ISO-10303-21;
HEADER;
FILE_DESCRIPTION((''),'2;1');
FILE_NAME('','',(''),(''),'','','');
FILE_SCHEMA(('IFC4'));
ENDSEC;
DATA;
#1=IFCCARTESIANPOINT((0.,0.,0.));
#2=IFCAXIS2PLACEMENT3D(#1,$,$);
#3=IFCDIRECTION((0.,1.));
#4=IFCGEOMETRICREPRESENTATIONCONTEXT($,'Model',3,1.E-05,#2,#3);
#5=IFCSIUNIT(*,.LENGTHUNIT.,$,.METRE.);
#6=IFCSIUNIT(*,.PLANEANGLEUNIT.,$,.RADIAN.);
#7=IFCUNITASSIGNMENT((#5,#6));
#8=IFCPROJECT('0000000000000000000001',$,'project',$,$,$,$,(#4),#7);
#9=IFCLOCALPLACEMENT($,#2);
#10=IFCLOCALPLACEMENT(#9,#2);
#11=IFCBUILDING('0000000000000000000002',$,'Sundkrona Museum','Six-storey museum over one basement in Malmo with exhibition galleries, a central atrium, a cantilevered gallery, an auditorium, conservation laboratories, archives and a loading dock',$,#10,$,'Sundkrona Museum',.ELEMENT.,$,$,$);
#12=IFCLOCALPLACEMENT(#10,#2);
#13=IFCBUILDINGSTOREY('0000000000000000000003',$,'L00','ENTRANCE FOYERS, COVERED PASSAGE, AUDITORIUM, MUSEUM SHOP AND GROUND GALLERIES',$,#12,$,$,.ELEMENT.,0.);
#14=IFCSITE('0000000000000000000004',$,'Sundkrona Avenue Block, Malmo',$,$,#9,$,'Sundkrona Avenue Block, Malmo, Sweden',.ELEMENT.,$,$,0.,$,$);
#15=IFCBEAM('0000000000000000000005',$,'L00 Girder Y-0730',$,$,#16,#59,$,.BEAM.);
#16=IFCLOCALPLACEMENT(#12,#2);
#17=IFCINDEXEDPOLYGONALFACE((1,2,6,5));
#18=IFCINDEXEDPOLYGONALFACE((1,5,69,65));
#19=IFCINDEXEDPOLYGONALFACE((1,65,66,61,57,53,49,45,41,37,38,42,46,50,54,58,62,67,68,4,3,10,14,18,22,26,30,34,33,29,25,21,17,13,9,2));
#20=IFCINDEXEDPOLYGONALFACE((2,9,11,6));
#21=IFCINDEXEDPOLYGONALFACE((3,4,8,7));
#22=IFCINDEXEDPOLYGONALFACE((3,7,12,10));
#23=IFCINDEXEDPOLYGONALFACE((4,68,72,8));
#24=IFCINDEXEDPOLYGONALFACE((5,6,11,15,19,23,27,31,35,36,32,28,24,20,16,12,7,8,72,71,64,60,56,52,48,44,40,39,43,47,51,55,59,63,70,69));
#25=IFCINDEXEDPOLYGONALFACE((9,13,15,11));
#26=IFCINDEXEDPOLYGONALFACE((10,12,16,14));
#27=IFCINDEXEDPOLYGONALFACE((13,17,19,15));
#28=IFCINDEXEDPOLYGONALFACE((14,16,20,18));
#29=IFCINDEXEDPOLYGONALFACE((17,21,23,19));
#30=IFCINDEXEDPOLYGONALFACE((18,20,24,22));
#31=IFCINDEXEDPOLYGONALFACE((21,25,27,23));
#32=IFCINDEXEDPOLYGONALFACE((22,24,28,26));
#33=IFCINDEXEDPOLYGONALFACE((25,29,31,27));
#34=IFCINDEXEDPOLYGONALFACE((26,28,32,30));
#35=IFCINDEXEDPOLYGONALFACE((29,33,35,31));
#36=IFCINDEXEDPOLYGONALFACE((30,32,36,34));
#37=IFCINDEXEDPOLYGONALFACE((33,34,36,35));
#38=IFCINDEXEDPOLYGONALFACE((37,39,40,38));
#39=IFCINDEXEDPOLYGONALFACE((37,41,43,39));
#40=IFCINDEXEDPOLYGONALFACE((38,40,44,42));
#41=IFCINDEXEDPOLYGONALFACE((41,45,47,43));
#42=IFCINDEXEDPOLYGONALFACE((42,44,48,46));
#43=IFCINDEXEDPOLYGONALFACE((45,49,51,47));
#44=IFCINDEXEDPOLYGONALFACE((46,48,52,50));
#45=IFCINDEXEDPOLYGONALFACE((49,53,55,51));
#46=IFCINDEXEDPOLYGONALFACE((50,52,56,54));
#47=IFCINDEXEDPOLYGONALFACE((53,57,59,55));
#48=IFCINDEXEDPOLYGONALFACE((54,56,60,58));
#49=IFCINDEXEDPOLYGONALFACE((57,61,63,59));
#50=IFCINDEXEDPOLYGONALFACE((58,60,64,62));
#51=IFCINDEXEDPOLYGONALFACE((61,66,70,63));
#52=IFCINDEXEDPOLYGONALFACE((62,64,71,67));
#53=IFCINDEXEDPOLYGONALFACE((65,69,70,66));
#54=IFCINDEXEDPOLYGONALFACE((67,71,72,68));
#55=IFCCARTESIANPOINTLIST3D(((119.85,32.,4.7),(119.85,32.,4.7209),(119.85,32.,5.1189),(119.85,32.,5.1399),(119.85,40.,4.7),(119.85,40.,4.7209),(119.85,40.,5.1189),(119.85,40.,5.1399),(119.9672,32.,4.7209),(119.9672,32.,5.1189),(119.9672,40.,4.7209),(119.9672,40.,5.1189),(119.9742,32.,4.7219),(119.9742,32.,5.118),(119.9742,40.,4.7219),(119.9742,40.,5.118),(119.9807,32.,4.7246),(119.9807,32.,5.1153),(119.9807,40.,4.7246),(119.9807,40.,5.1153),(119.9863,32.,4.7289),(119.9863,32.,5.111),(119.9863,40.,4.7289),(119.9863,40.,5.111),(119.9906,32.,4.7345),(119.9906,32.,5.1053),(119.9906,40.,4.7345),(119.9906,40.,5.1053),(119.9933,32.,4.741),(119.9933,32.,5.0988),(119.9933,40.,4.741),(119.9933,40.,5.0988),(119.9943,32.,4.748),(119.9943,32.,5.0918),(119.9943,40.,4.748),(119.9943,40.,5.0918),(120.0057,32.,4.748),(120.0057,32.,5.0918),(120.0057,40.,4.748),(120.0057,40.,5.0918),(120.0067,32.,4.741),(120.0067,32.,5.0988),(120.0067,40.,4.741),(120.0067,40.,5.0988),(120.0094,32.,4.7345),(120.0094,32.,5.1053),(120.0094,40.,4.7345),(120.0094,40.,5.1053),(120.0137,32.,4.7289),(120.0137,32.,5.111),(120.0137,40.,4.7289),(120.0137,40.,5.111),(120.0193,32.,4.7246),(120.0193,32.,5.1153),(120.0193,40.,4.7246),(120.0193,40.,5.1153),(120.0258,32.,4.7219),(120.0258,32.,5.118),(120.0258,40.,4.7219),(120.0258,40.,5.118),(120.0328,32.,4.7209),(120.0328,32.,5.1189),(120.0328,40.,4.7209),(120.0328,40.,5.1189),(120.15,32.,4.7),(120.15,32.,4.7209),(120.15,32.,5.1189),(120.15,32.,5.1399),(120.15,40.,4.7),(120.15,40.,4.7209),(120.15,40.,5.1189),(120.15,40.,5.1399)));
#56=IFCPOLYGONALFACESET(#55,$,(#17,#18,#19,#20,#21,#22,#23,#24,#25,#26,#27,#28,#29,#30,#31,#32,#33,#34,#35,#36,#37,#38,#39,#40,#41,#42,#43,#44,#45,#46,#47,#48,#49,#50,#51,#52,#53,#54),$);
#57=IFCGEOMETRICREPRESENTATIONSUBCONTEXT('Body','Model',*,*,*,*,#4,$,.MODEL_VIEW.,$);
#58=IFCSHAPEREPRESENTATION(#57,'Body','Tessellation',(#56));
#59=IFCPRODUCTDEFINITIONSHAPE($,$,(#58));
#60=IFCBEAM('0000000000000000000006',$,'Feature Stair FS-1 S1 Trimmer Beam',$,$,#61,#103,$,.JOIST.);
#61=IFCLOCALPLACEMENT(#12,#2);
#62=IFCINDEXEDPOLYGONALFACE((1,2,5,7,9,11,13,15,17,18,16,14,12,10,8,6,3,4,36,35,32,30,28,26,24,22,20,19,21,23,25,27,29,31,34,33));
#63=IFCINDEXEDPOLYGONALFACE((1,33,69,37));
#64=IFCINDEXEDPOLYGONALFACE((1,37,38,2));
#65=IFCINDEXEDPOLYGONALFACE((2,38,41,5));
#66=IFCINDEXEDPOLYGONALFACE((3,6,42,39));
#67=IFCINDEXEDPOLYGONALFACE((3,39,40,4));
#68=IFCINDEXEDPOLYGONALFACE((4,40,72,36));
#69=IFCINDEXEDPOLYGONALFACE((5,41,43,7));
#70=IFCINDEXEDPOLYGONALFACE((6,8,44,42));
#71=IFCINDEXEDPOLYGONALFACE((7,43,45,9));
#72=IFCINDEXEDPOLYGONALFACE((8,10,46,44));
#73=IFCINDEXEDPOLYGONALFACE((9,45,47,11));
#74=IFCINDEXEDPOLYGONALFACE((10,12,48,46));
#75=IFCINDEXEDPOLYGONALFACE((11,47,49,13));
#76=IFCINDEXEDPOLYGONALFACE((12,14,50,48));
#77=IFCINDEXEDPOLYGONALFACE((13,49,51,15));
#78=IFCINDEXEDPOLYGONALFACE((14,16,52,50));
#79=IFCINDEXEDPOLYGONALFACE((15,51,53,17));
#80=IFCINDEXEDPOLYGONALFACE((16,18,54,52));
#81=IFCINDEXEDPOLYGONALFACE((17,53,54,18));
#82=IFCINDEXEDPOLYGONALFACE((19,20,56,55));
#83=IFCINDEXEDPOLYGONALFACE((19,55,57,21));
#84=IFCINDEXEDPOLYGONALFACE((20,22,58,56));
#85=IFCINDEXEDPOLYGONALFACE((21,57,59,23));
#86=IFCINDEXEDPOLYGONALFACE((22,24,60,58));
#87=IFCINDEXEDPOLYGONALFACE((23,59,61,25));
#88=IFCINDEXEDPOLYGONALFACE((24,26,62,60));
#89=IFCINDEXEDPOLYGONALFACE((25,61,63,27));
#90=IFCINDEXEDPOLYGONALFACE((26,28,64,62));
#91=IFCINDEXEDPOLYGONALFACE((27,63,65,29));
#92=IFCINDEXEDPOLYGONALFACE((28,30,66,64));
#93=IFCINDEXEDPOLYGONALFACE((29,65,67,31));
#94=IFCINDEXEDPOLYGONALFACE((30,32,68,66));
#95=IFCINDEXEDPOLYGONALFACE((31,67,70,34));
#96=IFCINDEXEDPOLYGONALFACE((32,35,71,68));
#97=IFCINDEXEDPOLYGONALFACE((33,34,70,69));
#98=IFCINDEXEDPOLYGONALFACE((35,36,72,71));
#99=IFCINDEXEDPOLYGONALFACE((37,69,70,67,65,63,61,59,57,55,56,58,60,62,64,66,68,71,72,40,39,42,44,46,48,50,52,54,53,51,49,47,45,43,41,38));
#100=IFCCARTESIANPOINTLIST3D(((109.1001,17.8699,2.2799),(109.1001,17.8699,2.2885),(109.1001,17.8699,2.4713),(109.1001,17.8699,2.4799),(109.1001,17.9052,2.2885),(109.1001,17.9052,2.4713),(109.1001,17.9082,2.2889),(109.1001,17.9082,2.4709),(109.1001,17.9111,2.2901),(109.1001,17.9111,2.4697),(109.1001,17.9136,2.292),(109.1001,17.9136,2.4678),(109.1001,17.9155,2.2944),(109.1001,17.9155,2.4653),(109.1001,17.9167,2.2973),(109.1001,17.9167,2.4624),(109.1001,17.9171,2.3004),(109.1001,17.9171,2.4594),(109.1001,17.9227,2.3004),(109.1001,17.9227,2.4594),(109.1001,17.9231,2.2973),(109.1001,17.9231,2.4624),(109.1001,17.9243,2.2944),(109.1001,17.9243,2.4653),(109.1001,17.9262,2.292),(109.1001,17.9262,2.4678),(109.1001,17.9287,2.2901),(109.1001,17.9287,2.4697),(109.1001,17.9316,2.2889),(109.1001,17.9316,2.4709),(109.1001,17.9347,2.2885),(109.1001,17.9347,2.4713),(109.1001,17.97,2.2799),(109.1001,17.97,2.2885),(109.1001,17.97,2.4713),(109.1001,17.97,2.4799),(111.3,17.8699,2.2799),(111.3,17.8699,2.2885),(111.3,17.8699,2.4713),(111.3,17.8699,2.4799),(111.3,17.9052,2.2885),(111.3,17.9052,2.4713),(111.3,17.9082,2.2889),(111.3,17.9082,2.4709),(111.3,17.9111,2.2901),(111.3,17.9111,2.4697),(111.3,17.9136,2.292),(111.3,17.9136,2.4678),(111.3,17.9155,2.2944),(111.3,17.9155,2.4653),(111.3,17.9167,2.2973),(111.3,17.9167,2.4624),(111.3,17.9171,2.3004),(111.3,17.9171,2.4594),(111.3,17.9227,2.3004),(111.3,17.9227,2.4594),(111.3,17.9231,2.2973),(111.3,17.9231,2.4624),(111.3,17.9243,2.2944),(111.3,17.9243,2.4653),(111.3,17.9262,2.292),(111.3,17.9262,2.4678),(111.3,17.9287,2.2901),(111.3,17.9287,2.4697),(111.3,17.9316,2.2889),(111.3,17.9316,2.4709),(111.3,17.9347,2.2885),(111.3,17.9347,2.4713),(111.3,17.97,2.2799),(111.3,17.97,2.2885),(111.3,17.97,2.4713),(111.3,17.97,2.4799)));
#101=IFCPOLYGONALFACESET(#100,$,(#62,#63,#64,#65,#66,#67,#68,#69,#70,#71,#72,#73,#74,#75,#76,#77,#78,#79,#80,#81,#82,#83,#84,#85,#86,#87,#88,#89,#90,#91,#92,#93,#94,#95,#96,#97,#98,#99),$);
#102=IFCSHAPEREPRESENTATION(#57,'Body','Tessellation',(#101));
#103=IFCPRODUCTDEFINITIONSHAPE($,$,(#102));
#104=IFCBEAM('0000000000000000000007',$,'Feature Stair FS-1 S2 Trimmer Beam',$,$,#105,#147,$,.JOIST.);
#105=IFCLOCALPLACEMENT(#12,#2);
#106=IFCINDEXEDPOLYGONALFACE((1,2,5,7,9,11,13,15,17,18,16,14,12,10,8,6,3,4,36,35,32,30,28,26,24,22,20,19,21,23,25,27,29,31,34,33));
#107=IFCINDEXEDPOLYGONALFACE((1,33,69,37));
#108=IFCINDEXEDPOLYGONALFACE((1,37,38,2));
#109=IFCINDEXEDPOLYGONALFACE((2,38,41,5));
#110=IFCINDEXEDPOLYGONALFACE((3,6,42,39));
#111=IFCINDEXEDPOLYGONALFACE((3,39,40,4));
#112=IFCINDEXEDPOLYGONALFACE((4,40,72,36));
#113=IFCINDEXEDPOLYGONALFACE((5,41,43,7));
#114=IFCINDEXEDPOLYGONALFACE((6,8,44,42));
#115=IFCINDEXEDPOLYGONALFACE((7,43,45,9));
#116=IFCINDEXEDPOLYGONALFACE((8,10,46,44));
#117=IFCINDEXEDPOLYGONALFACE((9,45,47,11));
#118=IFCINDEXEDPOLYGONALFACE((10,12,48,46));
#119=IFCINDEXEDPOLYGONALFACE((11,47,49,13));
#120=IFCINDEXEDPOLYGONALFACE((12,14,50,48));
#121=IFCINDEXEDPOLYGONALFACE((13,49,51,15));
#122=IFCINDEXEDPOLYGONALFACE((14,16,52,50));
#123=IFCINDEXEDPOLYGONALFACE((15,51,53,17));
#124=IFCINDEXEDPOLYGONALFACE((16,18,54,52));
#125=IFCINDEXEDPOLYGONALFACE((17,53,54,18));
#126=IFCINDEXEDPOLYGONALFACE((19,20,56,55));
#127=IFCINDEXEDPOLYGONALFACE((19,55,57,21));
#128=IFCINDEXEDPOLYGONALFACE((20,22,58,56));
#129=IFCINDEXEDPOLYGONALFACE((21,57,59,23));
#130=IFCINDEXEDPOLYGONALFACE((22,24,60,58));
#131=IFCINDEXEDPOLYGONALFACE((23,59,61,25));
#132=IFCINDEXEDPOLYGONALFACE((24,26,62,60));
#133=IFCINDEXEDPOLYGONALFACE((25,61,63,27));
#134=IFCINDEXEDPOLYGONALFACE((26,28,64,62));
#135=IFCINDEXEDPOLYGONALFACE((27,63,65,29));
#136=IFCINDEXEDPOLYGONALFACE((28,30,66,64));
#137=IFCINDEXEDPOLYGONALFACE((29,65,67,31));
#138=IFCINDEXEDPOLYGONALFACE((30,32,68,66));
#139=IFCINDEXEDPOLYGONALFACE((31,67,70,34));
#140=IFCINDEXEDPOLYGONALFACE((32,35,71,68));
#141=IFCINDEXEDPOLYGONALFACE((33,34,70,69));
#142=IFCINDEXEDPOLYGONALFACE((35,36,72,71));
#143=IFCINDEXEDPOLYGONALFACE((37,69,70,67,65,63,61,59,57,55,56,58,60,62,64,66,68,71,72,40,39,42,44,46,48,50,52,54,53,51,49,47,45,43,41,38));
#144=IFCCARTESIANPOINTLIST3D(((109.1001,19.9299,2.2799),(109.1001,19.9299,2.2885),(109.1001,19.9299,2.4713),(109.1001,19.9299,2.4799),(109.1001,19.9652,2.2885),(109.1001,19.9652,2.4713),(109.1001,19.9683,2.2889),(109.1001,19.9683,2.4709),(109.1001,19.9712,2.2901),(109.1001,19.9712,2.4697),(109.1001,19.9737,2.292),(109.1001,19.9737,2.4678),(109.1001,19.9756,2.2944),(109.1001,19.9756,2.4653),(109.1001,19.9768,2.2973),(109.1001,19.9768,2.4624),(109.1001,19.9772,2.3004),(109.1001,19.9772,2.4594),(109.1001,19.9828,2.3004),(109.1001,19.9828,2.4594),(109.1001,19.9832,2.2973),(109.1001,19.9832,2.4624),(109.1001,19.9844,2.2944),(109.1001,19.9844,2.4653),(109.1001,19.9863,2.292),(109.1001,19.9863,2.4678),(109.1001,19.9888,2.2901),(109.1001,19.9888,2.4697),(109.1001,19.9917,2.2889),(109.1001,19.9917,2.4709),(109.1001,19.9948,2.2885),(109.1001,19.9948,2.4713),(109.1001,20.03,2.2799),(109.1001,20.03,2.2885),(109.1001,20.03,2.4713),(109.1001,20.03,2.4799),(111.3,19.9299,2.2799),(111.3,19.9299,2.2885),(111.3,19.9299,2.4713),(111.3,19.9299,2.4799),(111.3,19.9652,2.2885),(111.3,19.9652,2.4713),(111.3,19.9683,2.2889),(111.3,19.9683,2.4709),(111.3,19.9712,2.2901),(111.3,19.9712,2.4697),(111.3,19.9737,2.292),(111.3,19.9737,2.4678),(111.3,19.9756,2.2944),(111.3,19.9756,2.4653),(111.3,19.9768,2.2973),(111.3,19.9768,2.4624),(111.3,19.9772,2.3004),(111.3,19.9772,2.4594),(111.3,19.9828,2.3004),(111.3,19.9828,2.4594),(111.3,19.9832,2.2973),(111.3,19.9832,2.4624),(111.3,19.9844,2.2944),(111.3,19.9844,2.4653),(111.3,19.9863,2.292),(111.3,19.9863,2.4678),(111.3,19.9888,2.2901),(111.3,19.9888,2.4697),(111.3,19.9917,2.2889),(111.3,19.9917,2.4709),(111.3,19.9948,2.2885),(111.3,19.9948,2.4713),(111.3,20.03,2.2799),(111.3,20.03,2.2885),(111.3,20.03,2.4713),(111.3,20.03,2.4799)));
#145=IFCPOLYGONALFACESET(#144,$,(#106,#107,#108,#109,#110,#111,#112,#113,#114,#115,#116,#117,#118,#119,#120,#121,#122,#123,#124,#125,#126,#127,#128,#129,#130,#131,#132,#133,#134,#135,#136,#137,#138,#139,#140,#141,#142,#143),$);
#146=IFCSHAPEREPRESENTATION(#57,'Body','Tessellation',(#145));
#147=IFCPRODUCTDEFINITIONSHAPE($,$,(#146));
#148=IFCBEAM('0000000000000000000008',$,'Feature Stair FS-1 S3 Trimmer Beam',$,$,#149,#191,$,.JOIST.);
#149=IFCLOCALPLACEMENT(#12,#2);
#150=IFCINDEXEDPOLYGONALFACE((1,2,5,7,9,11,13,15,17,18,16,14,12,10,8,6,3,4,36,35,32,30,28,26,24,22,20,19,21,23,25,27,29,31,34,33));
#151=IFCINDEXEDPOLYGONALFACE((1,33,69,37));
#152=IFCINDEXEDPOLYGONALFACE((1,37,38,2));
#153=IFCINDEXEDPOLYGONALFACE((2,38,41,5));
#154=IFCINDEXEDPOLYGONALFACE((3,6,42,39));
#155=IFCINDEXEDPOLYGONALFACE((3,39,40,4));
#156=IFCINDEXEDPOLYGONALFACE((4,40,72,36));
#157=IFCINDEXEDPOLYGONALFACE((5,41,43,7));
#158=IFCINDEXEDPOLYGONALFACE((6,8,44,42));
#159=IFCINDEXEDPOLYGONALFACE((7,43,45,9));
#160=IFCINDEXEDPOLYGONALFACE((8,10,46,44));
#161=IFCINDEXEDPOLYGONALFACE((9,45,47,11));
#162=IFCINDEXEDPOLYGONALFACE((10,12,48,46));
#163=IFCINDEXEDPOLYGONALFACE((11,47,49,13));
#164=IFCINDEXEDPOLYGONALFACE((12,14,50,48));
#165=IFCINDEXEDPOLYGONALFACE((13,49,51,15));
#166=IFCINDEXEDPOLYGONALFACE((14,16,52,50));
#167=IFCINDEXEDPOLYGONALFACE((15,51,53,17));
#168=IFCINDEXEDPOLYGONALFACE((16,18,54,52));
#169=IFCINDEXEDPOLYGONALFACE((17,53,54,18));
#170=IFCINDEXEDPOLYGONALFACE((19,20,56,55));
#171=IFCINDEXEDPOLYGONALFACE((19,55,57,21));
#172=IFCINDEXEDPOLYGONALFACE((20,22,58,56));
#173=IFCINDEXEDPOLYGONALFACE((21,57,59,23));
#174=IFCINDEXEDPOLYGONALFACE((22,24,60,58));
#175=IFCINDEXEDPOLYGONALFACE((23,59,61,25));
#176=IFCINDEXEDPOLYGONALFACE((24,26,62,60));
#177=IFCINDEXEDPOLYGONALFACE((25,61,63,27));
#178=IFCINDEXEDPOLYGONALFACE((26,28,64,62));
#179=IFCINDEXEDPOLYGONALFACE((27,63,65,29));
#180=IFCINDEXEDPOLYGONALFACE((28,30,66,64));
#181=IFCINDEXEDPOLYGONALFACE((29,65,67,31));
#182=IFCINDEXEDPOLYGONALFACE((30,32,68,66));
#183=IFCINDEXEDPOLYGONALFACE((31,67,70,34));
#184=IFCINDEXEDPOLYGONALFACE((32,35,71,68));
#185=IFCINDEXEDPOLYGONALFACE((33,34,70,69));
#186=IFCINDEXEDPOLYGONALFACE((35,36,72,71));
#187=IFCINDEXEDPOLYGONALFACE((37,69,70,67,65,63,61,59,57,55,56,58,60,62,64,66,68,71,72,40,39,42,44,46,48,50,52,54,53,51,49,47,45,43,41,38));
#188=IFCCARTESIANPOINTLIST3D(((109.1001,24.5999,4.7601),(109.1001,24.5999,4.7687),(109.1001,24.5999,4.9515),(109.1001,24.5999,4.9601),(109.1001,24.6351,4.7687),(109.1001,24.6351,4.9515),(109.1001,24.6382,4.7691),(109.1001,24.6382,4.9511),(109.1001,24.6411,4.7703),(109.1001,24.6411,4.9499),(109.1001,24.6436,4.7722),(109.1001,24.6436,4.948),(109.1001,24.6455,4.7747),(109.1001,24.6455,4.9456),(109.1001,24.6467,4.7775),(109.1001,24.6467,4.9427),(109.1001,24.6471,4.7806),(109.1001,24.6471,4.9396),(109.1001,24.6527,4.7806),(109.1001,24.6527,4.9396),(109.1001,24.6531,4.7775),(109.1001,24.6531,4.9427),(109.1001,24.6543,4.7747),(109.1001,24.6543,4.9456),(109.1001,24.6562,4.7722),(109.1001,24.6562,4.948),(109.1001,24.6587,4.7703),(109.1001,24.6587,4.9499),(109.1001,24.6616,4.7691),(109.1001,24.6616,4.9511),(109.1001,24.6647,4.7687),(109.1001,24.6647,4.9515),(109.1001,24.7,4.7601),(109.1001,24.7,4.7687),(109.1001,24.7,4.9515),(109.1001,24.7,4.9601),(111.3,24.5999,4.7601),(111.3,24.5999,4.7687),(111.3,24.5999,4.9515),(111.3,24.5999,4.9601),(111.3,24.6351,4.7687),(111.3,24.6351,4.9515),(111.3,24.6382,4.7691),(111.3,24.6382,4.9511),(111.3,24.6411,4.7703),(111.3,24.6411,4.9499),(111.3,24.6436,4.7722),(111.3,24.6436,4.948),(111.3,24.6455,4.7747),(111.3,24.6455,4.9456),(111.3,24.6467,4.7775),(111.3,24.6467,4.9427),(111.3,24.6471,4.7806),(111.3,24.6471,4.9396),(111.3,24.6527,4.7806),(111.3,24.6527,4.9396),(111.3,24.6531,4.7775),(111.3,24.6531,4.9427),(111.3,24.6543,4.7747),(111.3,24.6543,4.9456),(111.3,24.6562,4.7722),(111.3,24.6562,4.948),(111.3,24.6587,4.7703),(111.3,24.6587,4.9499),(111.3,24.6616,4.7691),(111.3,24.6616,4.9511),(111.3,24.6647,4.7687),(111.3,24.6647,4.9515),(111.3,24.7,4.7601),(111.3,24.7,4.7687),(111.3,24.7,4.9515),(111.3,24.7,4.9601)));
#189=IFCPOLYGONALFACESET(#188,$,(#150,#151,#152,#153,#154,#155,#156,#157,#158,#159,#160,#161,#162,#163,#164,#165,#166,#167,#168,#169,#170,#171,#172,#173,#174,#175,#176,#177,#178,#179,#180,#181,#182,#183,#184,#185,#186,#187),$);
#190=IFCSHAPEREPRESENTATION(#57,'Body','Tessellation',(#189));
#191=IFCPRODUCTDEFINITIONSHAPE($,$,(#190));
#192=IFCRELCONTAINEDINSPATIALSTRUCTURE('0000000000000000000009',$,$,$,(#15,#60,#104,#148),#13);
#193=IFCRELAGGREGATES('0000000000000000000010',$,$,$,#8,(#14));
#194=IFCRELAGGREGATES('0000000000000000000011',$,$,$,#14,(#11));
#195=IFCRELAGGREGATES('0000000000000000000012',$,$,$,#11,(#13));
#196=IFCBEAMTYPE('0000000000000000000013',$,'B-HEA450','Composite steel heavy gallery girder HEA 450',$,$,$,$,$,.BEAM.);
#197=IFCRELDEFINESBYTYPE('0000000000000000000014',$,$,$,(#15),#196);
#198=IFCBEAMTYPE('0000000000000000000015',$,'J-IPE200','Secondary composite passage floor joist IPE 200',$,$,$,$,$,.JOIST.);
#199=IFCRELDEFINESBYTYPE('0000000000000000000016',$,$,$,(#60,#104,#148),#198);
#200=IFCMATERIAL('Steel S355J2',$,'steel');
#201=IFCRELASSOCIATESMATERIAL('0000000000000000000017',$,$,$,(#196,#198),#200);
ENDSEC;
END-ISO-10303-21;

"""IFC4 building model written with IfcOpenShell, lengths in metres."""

from ifc_helpers import new_model, si_unit, direction, frame, origin, origin_2d, place, context, subcontext, project, spatial, i_section, extrude, material, material_profile, profile_set, type_object, element, save


model = new_model("IFC4")

# Units and contexts
model_context = context("Model", 3, precision=1e-05, world=origin(), true_north=direction((0.0, 1.0)))
body_context = subcontext(model_context, "Body", "Model", "MODEL_VIEW")
ifc_project = project(units=[si_unit("LENGTHUNIT", "METRE"), si_unit("PLANEANGLEUNIT", "RADIAN")], contexts=[model_context])

# Site, building, storey
site_placement = place(None, origin())
site = spatial("IfcSite", under=ifc_project, at=site_placement, Name="Sundkrona Avenue Block, Malmo", LongName="Sundkrona Avenue Block, Malmo, Sweden", CompositionType="ELEMENT", RefElevation=0.0)
building_placement = place(site_placement, origin())
building = spatial("IfcBuilding", under=site, at=building_placement, Name="Sundkrona Museum", Description="Six-storey museum over one basement in Malmo with exhibition galleries, a central atrium, a cantilevered gallery, an auditorium, conservation laboratories, archives and a loading dock", LongName="Sundkrona Museum", CompositionType="ELEMENT")
storey_placement = place(building_placement, origin())
storey = spatial("IfcBuildingStorey", under=building, at=storey_placement, Name="L00", Description="ENTRANCE FOYERS, COVERED PASSAGE, AUDITORIUM, MUSEUM SHOP AND GROUND GALLERIES", CompositionType="ELEMENT", Elevation=0.0)

# Shared definitions
ifc_material_1 = material(Name="Steel S355J2", Category="steel")

# Beams
ifc_material_profile_1 = material_profile(ifc_material_1, i_section(OverallWidth=0.3, OverallDepth=0.4399, WebThickness=0.0115, FlangeThickness=0.021, FilletRadius=0.0271, at=origin_2d()), Name="HEA 450")
ifc_profile_set_1 = profile_set([ifc_material_profile_1], Name="Steel S355J2")
beam_type_1 = type_object("IfcBeamType", Name="B-HEA450", Description="Composite steel heavy gallery girder HEA 450", PredefinedType="BEAM", material=ifc_profile_set_1)
for number, where, z_axis, x_axis, name in (
    (1, (120.0, 32.0, 4.9199), (0.0, 1.0, 0.0), (-1.0, 0.0, 0.0), "L00 Girder Y-0730"),
):
    element("IfcBeam", number, at=place(storey_placement, frame(where, z_axis=z_axis, x_axis=x_axis)), inside=storey, type_object=beam_type_1, Name=name, PredefinedType="BEAM", context=body_context, shape_type="SweptSolid", body=[
        extrude(i_section(OverallWidth=0.3, OverallDepth=0.4399, WebThickness=0.0115, FlangeThickness=0.021, FilletRadius=0.0271, at=origin_2d()), origin(), (0.0, 0.0, 1.0), 8.0),
    ])
ifc_material_profile_2 = material_profile(ifc_material_1, i_section(OverallWidth=0.1001, OverallDepth=0.2, WebThickness=0.0056, FlangeThickness=0.0085, FilletRadius=0.012, at=origin_2d()), Name="IPE 200")
ifc_profile_set_2 = profile_set([ifc_material_profile_2], Name="Steel S355J2")
beam_type_2 = type_object("IfcBeamType", Name="J-IPE200", Description="Secondary composite passage floor joist IPE 200", PredefinedType="JOIST", material=ifc_profile_set_2)
for number, where, z_axis, x_axis, name in (
    (2, (111.3, 17.9199, 2.3799), (-1.0, 0.0, 0.0), (0.0, -1.0, 0.0), "Feature Stair FS-1 S1 Trimmer Beam"),
    (3, (111.3, 19.98, 2.3799), (-1.0, 0.0, 0.0), (0.0, -1.0, 0.0), "Feature Stair FS-1 S2 Trimmer Beam"),
    (4, (111.3, 24.6499, 4.8601), (-1.0, 0.0, 0.0), (0.0, -1.0, 0.0), "Feature Stair FS-1 S3 Trimmer Beam"),
):
    element("IfcBeam", number, at=place(storey_placement, frame(where, z_axis=z_axis, x_axis=x_axis)), inside=storey, type_object=beam_type_2, Name=name, PredefinedType="JOIST", context=body_context, shape_type="SweptSolid", body=[
        extrude(i_section(OverallWidth=0.1001, OverallDepth=0.2, WebThickness=0.0056, FlangeThickness=0.0085, FilletRadius=0.012, at=origin_2d()), origin(), (0.0, 0.0, 1.0), 2.2),
    ])

save(model, "model.ifc")
